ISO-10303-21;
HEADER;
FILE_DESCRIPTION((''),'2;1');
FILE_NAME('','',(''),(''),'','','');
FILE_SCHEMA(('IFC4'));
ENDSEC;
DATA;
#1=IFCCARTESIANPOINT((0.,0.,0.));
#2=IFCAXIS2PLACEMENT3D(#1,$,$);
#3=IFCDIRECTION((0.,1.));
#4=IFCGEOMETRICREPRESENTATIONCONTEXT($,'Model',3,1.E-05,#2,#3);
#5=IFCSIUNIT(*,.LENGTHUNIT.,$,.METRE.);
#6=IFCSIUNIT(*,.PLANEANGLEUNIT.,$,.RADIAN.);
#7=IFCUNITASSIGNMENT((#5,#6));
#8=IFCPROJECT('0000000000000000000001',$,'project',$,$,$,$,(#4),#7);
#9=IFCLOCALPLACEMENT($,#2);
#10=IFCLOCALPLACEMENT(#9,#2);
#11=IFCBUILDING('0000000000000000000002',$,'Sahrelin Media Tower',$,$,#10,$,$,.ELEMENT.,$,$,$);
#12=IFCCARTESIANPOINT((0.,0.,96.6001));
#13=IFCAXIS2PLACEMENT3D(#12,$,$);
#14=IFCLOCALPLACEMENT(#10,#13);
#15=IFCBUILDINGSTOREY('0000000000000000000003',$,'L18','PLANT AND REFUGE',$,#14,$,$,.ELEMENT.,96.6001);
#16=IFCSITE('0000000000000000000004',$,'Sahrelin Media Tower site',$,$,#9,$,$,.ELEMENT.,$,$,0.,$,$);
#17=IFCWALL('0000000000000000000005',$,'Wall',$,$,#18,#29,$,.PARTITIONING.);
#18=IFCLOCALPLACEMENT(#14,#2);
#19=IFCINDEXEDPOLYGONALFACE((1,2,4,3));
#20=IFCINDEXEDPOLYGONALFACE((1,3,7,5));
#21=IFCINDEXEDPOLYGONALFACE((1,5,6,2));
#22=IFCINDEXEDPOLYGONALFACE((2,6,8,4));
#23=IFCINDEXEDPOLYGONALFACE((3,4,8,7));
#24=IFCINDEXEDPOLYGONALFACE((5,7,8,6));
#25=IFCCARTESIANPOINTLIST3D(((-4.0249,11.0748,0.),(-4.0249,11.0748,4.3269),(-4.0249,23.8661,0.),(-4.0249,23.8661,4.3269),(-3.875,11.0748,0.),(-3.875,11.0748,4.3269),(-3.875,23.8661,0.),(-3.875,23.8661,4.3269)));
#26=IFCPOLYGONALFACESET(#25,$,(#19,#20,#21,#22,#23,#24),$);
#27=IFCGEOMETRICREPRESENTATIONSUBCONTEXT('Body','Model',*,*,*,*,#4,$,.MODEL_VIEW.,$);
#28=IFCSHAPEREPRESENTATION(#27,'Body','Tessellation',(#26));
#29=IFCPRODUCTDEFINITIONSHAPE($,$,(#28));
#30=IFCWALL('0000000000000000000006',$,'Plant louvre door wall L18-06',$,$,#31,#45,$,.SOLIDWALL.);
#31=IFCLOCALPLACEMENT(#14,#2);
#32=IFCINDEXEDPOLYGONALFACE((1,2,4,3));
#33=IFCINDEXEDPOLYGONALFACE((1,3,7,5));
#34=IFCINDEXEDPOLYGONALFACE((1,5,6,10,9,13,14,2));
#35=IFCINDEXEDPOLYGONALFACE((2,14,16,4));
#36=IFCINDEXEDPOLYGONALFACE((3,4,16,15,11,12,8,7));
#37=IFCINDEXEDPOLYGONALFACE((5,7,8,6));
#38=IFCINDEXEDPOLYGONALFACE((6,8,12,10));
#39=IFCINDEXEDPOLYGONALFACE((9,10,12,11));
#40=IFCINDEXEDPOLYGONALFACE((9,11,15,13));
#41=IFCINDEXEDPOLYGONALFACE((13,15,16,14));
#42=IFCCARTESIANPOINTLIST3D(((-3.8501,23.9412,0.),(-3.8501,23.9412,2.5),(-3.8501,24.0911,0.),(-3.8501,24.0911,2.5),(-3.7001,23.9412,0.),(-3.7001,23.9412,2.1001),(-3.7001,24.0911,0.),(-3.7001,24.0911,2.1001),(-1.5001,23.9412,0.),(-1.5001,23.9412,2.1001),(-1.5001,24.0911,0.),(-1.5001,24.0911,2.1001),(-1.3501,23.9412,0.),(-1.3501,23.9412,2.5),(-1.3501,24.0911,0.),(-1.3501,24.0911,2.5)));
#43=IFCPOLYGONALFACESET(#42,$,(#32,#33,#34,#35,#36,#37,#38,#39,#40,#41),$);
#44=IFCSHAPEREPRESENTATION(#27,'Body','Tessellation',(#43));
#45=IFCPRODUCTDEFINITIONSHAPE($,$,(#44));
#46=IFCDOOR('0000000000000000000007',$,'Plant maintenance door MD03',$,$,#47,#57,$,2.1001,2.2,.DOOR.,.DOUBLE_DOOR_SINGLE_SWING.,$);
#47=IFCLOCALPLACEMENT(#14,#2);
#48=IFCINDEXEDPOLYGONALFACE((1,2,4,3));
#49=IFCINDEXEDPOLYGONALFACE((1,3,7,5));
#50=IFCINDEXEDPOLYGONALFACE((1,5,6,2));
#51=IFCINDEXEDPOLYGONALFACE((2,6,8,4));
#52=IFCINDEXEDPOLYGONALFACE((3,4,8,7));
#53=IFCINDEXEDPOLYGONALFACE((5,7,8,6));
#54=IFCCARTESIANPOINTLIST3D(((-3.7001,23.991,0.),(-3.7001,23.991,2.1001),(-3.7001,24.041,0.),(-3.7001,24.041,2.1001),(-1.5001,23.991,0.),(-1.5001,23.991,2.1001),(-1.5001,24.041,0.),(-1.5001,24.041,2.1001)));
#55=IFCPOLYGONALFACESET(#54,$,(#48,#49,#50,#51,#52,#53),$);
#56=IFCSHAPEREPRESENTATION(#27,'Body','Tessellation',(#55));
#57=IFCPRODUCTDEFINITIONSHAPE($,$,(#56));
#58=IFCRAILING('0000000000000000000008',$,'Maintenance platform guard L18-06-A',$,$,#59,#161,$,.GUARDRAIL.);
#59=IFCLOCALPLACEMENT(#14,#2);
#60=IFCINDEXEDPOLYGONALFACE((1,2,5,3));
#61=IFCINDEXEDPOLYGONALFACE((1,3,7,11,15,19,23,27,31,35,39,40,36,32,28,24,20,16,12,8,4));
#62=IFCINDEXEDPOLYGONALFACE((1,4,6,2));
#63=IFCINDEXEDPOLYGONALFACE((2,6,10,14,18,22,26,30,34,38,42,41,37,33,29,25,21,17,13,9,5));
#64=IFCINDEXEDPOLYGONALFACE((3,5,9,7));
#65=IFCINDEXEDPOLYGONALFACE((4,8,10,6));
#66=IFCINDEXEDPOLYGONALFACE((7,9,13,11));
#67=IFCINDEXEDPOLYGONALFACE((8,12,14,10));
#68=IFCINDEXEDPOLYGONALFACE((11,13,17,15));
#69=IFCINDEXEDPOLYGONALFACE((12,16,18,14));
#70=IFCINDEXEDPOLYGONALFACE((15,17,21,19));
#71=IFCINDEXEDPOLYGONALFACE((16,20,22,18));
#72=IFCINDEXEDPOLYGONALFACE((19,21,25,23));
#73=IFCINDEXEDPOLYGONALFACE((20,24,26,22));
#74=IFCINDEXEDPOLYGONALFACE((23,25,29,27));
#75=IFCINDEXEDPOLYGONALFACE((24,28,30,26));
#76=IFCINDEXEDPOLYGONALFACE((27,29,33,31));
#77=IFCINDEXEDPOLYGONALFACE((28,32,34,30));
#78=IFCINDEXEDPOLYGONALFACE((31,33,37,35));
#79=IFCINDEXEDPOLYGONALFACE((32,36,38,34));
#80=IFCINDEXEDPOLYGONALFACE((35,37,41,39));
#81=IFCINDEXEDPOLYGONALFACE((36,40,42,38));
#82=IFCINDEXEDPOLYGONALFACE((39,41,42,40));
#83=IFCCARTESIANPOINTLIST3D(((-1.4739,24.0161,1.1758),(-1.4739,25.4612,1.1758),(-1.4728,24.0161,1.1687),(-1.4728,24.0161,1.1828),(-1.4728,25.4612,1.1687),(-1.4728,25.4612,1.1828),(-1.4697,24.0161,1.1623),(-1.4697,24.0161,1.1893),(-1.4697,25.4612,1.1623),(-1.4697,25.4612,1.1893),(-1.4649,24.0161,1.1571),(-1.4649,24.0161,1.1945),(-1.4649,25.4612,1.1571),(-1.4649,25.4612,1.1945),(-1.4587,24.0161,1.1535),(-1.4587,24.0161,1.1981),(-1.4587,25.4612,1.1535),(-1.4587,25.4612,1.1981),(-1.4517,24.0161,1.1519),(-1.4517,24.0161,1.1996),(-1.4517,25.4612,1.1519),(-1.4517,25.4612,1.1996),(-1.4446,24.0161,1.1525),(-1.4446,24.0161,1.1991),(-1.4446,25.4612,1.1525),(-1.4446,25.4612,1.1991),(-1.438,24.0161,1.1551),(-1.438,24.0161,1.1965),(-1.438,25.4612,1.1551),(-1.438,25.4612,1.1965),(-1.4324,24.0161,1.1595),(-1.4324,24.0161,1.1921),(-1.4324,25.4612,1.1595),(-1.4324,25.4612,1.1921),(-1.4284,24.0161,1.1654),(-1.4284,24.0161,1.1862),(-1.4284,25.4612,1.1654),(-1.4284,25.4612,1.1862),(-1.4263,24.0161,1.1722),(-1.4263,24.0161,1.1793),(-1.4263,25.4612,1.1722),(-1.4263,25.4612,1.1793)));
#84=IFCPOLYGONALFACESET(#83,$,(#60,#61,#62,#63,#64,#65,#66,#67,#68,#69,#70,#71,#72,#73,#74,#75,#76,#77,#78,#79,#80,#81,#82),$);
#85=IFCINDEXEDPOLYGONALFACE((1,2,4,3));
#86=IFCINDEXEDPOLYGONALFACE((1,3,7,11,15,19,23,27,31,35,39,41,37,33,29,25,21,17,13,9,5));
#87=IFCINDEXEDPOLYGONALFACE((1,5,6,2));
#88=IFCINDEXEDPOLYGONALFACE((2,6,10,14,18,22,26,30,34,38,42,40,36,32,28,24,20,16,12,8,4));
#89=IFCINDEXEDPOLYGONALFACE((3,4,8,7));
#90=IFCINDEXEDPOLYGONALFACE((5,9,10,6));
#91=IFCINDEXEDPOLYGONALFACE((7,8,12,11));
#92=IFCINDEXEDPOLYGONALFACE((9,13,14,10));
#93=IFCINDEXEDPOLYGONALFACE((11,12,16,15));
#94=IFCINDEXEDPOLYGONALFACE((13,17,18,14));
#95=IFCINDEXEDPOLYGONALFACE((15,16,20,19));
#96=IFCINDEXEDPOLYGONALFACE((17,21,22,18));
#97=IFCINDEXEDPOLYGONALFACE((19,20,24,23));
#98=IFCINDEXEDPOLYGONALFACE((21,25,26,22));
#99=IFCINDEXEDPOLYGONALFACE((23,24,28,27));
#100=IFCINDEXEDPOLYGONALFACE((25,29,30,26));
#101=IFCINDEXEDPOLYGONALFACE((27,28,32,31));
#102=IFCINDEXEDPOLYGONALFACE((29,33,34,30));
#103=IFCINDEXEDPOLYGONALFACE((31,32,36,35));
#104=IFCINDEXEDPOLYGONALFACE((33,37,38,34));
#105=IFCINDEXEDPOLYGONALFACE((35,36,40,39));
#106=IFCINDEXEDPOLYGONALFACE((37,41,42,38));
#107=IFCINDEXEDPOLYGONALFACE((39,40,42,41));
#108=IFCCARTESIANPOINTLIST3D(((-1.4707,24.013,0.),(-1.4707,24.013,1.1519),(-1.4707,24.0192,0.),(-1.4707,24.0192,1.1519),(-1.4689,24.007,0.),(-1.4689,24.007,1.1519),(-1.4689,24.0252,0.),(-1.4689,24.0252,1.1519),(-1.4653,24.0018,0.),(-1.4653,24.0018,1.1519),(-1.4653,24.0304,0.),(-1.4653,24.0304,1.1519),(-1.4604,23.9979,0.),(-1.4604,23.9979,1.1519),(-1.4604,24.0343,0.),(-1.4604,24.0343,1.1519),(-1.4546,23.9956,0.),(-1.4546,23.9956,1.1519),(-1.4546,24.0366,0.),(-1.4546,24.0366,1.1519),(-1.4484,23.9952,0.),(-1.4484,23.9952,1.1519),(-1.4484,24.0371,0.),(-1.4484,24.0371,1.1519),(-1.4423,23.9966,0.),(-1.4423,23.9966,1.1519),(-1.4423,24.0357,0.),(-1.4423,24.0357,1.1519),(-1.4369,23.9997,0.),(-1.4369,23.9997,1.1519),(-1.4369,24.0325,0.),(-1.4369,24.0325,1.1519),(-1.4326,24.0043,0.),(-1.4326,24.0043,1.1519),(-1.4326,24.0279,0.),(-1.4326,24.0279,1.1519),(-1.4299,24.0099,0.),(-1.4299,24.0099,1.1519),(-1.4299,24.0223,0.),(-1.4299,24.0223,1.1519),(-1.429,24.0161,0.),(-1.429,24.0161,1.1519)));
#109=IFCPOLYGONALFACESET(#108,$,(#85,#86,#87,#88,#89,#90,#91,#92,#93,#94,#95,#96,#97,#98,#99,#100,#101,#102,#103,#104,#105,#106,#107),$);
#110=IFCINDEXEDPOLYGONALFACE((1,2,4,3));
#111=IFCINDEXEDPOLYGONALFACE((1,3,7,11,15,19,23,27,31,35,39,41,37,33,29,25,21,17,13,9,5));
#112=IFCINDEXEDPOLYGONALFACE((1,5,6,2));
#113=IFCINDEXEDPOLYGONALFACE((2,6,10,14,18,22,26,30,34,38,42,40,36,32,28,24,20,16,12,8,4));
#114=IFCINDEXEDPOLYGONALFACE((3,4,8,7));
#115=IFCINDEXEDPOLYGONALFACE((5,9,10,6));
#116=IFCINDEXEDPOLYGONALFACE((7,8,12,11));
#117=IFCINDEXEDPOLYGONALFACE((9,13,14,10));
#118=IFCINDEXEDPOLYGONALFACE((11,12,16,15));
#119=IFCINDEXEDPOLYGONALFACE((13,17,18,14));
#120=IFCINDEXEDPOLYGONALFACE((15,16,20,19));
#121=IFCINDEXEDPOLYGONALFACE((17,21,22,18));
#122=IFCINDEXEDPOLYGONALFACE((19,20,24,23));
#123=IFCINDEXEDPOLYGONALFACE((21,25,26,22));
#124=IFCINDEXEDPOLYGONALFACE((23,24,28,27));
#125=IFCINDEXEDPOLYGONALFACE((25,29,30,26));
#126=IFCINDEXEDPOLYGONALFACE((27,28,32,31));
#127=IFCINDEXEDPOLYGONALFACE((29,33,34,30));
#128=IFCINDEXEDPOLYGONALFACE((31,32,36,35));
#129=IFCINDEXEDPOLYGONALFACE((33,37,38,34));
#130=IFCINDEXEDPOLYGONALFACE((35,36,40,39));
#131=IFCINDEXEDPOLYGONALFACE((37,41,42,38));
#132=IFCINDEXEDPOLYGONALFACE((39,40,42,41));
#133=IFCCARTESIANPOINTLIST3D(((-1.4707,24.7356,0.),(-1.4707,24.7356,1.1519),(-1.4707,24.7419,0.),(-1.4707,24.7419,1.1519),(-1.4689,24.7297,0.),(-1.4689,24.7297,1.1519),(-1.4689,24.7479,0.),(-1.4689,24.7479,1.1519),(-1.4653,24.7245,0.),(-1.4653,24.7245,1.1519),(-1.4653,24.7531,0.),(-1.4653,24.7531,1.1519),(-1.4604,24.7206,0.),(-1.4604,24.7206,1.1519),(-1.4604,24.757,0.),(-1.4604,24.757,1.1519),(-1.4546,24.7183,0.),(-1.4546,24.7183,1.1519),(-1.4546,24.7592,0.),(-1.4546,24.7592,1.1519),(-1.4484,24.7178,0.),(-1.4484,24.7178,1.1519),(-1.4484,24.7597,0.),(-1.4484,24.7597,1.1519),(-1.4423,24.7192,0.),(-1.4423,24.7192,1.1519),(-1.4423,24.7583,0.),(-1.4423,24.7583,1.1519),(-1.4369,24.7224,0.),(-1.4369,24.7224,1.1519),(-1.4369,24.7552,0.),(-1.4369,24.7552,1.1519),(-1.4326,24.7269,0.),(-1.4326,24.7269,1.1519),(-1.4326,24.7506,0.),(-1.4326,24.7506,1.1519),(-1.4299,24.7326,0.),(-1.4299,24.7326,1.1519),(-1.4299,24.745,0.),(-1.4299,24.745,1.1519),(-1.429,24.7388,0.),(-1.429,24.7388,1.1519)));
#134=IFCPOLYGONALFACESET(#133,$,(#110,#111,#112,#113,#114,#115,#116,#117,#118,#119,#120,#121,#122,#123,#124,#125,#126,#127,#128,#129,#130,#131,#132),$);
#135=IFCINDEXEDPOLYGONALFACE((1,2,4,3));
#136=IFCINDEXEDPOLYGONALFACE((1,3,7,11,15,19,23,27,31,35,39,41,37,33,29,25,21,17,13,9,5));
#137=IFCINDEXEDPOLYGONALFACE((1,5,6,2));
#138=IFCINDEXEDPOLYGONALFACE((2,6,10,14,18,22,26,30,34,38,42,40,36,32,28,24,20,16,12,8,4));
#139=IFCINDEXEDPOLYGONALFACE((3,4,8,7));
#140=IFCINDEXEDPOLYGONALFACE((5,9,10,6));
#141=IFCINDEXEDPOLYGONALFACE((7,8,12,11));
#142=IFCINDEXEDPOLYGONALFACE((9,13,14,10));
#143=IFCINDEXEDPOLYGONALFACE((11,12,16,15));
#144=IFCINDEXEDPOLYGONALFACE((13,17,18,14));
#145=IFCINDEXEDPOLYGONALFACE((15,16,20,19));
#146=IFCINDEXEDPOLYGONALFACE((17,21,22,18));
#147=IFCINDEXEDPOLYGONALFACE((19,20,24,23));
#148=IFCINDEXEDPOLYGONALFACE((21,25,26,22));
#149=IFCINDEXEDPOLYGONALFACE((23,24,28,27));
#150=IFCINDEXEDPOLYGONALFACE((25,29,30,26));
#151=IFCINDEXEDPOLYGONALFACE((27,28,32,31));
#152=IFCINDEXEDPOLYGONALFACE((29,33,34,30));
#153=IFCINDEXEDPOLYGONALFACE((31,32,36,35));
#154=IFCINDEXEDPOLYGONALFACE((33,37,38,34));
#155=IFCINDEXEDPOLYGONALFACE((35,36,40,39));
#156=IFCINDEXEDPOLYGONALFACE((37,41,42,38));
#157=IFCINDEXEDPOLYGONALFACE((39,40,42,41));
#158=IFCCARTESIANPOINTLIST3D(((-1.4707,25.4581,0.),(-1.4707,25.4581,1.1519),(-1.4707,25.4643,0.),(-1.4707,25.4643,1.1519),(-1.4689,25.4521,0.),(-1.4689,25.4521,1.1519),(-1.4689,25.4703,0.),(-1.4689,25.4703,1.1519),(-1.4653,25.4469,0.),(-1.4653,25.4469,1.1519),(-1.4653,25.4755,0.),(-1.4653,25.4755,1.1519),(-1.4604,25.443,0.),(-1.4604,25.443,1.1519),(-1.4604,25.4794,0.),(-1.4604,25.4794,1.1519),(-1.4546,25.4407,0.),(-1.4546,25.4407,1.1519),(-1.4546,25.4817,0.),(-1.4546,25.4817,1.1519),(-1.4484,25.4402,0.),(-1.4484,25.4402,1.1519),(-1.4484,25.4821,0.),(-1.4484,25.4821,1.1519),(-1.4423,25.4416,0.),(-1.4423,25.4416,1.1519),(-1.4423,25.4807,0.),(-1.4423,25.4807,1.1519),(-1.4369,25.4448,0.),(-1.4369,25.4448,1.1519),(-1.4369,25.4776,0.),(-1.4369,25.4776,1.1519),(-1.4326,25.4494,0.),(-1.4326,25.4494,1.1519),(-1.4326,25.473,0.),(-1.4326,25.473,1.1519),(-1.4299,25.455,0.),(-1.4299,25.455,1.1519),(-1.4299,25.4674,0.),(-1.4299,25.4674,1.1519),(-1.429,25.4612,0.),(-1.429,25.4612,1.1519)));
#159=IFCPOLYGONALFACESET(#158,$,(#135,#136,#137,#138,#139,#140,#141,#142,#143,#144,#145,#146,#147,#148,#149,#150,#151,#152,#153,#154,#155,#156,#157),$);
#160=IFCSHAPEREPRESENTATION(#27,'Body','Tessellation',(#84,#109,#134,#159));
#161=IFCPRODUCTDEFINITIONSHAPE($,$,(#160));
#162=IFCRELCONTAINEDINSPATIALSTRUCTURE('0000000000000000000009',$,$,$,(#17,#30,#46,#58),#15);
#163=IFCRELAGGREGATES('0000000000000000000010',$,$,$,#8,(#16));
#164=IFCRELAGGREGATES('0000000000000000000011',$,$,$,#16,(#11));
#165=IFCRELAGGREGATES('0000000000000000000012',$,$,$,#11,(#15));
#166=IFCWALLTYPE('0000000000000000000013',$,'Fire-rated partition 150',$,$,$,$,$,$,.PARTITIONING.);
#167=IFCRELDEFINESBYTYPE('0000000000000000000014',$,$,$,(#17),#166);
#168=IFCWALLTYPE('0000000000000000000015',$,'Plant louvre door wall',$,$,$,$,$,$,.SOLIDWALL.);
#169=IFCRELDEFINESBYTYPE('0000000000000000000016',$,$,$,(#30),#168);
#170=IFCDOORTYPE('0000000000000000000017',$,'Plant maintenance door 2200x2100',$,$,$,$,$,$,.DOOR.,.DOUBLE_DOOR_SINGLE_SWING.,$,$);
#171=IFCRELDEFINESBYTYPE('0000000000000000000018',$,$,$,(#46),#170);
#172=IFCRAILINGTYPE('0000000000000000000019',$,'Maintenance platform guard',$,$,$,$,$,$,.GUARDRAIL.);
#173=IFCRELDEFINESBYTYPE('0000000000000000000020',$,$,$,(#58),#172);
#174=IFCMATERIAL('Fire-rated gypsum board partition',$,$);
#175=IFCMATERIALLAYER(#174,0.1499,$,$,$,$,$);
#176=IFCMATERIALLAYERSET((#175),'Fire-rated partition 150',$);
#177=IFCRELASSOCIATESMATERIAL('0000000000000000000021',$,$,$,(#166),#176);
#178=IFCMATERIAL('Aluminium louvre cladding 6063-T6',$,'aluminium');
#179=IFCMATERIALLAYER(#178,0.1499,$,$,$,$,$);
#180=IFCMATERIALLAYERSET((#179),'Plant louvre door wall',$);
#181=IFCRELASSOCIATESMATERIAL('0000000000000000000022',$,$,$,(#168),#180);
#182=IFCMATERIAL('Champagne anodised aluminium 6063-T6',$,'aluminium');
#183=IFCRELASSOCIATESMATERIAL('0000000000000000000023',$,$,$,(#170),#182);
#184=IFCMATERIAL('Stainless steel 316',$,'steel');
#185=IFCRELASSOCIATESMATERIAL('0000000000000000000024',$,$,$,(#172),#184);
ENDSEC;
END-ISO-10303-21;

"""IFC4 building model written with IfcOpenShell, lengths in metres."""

from ifc_helpers import new_model, si_unit, direction, frame, frame_2d, origin, origin_2d, place, context, subcontext, project, spatial, rectangle, circle, extrude, material, layer, layer_set, type_object, element, fill, save


model = new_model("IFC4")

# Units and contexts
model_context = context("Model", 3, precision=1e-05, world=origin(), true_north=direction((0.0, 1.0)))
body_context = subcontext(model_context, "Body", "Model", "MODEL_VIEW")
ifc_project = project(units=[si_unit("LENGTHUNIT", "METRE"), si_unit("PLANEANGLEUNIT", "RADIAN")], contexts=[model_context])

# Site, building, storey
site_placement = place(None, origin())
site = spatial("IfcSite", under=ifc_project, at=site_placement, Name="Sahrelin Media Tower site", CompositionType="ELEMENT", RefElevation=0.0)
building_placement = place(site_placement, origin())
building = spatial("IfcBuilding", under=site, at=building_placement, Name="Sahrelin Media Tower", CompositionType="ELEMENT")
storey_placement = place(building_placement, frame((0.0, 0.0, 96.6001)))
storey = spatial("IfcBuildingStorey", under=building, at=storey_placement, Name="L18", Description="PLANT AND REFUGE", CompositionType="ELEMENT", Elevation=96.6001)

# Wall
ifc_material_1 = material(Name="Fire-rated gypsum board partition")
ifc_layer_1 = layer(ifc_material_1, 0.1499)
ifc_layer_set_1 = layer_set([ifc_layer_1], Name="Fire-rated partition 150")
wall_type_1 = type_object("IfcWallType", Name="Fire-rated partition 150", PredefinedType="PARTITIONING", material=ifc_layer_set_1)
wall_1_placement = place(storey_placement, frame((-3.95, 11.075, 0.0), z_axis=(0.0, 0.0, 1.0), x_axis=(0.0, 1.0, 0.0)))
element("IfcWall", 1, at=wall_1_placement, inside=storey, type_object=wall_type_1, Name="Wall", PredefinedType="PARTITIONING", context=body_context, shape_type="SweptSolid", body=[
    extrude(rectangle(XDim=12.7913, YDim=0.1499, at=frame_2d((6.3955, 0.0))), origin(), (0.0, 0.0, 1.0), 4.3269),
])

# Wall, opening, door
ifc_material_2 = material(Name="Aluminium louvre cladding 6063-T6", Category="aluminium")
ifc_layer_2 = layer(ifc_material_2, 0.1499)
ifc_layer_set_2 = layer_set([ifc_layer_2], Name="Plant louvre door wall")
wall_type_2 = type_object("IfcWallType", Name="Plant louvre door wall", PredefinedType="SOLIDWALL", material=ifc_layer_set_2)
wall_2_placement = place(storey_placement, frame((-3.8501, 24.0161, 0.0), z_axis=(0.0, 0.0, 1.0), x_axis=(1.0, 0.0, 0.0)))
wall_2 = element("IfcWall", 2, at=wall_2_placement, inside=storey, type_object=wall_type_2, Name="Plant louvre door wall L18-06", PredefinedType="SOLIDWALL", context=body_context, shape_type="SweptSolid", body=[
    extrude(rectangle(XDim=2.5, YDim=0.1499, at=frame_2d((1.25, 0.0))), origin(), (0.0, 0.0, 1.0), 2.5),
])
opening_placement = place(wall_2_placement, frame((0.1499, 0.0, 0.0)))
opening = element("IfcOpeningElement", 3, at=opening_placement, cuts=wall_2, PredefinedType="OPENING", context=body_context, shape_type="SweptSolid", body=[
    extrude(rectangle(XDim=2.2, YDim=2.1001, at=frame_2d((1.1001, 1.05))), frame((0.0, 0.075, 0.0), z_axis=(0.0, -1.0, 0.0), x_axis=(1.0, 0.0, 0.0)), (0.0, 0.0, 1.0), 0.1499),
])
ifc_material_3 = material(Name="Champagne anodised aluminium 6063-T6", Category="aluminium")
door_type = type_object("IfcDoorType", Name="Plant maintenance door 2200x2100", OperationType="DOUBLE_DOOR_SINGLE_SWING", PredefinedType="DOOR", material=ifc_material_3)
door_placement = place(opening_placement, origin())
door = element("IfcDoor", 4, at=door_placement, inside=storey, type_object=door_type, Name="Plant maintenance door MD03", OperationType="DOUBLE_DOOR_SINGLE_SWING", OverallHeight=2.1001, OverallWidth=2.2, PredefinedType="DOOR", context=body_context, shape_type="SweptSolid", body=[
    extrude(rectangle(XDim=2.2, YDim=2.1001, at=frame_2d((1.1001, 1.05))), frame((0.0, 0.0249, 0.0), z_axis=(0.0, -1.0, 0.0), x_axis=(1.0, 0.0, 0.0)), (0.0, 0.0, 1.0), 0.05),
])
fill(opening, door)

# Railing
ifc_material_4 = material(Name="Stainless steel 316", Category="steel")
railing_type = type_object("IfcRailingType", Name="Maintenance platform guard", PredefinedType="GUARDRAIL", material=ifc_material_4)
for number, where, name in (
    (5, (-1.45, 24.0161, 0.0), "Maintenance platform guard L18-06-A"),
):
    element("IfcRailing", number, at=place(storey_placement, frame(where)), inside=storey, type_object=railing_type, Name=name, PredefinedType="GUARDRAIL", context=body_context, shape_type="SweptSolid", body=[
        extrude(circle(Radius=0.0239, at=origin_2d()), frame((0.0, 0.0, 1.1758), z_axis=(0.0, 1.0, 0.0), x_axis=(-1.0, 0.0, 0.0)), (0.0, 0.0, 1.0), 1.4451),
        extrude(circle(Radius=0.021, at=origin_2d()), origin(), (0.0, 0.0, 1.0), 1.1519),
        extrude(circle(Radius=0.021, at=origin_2d()), frame((0.0, 0.7227, 0.0)), (0.0, 0.0, 1.0), 1.1519),
        extrude(circle(Radius=0.021, at=origin_2d()), frame((0.0, 1.4451, 0.0)), (0.0, 0.0, 1.0), 1.1519),
    ])

save(model, "model.ifc")
